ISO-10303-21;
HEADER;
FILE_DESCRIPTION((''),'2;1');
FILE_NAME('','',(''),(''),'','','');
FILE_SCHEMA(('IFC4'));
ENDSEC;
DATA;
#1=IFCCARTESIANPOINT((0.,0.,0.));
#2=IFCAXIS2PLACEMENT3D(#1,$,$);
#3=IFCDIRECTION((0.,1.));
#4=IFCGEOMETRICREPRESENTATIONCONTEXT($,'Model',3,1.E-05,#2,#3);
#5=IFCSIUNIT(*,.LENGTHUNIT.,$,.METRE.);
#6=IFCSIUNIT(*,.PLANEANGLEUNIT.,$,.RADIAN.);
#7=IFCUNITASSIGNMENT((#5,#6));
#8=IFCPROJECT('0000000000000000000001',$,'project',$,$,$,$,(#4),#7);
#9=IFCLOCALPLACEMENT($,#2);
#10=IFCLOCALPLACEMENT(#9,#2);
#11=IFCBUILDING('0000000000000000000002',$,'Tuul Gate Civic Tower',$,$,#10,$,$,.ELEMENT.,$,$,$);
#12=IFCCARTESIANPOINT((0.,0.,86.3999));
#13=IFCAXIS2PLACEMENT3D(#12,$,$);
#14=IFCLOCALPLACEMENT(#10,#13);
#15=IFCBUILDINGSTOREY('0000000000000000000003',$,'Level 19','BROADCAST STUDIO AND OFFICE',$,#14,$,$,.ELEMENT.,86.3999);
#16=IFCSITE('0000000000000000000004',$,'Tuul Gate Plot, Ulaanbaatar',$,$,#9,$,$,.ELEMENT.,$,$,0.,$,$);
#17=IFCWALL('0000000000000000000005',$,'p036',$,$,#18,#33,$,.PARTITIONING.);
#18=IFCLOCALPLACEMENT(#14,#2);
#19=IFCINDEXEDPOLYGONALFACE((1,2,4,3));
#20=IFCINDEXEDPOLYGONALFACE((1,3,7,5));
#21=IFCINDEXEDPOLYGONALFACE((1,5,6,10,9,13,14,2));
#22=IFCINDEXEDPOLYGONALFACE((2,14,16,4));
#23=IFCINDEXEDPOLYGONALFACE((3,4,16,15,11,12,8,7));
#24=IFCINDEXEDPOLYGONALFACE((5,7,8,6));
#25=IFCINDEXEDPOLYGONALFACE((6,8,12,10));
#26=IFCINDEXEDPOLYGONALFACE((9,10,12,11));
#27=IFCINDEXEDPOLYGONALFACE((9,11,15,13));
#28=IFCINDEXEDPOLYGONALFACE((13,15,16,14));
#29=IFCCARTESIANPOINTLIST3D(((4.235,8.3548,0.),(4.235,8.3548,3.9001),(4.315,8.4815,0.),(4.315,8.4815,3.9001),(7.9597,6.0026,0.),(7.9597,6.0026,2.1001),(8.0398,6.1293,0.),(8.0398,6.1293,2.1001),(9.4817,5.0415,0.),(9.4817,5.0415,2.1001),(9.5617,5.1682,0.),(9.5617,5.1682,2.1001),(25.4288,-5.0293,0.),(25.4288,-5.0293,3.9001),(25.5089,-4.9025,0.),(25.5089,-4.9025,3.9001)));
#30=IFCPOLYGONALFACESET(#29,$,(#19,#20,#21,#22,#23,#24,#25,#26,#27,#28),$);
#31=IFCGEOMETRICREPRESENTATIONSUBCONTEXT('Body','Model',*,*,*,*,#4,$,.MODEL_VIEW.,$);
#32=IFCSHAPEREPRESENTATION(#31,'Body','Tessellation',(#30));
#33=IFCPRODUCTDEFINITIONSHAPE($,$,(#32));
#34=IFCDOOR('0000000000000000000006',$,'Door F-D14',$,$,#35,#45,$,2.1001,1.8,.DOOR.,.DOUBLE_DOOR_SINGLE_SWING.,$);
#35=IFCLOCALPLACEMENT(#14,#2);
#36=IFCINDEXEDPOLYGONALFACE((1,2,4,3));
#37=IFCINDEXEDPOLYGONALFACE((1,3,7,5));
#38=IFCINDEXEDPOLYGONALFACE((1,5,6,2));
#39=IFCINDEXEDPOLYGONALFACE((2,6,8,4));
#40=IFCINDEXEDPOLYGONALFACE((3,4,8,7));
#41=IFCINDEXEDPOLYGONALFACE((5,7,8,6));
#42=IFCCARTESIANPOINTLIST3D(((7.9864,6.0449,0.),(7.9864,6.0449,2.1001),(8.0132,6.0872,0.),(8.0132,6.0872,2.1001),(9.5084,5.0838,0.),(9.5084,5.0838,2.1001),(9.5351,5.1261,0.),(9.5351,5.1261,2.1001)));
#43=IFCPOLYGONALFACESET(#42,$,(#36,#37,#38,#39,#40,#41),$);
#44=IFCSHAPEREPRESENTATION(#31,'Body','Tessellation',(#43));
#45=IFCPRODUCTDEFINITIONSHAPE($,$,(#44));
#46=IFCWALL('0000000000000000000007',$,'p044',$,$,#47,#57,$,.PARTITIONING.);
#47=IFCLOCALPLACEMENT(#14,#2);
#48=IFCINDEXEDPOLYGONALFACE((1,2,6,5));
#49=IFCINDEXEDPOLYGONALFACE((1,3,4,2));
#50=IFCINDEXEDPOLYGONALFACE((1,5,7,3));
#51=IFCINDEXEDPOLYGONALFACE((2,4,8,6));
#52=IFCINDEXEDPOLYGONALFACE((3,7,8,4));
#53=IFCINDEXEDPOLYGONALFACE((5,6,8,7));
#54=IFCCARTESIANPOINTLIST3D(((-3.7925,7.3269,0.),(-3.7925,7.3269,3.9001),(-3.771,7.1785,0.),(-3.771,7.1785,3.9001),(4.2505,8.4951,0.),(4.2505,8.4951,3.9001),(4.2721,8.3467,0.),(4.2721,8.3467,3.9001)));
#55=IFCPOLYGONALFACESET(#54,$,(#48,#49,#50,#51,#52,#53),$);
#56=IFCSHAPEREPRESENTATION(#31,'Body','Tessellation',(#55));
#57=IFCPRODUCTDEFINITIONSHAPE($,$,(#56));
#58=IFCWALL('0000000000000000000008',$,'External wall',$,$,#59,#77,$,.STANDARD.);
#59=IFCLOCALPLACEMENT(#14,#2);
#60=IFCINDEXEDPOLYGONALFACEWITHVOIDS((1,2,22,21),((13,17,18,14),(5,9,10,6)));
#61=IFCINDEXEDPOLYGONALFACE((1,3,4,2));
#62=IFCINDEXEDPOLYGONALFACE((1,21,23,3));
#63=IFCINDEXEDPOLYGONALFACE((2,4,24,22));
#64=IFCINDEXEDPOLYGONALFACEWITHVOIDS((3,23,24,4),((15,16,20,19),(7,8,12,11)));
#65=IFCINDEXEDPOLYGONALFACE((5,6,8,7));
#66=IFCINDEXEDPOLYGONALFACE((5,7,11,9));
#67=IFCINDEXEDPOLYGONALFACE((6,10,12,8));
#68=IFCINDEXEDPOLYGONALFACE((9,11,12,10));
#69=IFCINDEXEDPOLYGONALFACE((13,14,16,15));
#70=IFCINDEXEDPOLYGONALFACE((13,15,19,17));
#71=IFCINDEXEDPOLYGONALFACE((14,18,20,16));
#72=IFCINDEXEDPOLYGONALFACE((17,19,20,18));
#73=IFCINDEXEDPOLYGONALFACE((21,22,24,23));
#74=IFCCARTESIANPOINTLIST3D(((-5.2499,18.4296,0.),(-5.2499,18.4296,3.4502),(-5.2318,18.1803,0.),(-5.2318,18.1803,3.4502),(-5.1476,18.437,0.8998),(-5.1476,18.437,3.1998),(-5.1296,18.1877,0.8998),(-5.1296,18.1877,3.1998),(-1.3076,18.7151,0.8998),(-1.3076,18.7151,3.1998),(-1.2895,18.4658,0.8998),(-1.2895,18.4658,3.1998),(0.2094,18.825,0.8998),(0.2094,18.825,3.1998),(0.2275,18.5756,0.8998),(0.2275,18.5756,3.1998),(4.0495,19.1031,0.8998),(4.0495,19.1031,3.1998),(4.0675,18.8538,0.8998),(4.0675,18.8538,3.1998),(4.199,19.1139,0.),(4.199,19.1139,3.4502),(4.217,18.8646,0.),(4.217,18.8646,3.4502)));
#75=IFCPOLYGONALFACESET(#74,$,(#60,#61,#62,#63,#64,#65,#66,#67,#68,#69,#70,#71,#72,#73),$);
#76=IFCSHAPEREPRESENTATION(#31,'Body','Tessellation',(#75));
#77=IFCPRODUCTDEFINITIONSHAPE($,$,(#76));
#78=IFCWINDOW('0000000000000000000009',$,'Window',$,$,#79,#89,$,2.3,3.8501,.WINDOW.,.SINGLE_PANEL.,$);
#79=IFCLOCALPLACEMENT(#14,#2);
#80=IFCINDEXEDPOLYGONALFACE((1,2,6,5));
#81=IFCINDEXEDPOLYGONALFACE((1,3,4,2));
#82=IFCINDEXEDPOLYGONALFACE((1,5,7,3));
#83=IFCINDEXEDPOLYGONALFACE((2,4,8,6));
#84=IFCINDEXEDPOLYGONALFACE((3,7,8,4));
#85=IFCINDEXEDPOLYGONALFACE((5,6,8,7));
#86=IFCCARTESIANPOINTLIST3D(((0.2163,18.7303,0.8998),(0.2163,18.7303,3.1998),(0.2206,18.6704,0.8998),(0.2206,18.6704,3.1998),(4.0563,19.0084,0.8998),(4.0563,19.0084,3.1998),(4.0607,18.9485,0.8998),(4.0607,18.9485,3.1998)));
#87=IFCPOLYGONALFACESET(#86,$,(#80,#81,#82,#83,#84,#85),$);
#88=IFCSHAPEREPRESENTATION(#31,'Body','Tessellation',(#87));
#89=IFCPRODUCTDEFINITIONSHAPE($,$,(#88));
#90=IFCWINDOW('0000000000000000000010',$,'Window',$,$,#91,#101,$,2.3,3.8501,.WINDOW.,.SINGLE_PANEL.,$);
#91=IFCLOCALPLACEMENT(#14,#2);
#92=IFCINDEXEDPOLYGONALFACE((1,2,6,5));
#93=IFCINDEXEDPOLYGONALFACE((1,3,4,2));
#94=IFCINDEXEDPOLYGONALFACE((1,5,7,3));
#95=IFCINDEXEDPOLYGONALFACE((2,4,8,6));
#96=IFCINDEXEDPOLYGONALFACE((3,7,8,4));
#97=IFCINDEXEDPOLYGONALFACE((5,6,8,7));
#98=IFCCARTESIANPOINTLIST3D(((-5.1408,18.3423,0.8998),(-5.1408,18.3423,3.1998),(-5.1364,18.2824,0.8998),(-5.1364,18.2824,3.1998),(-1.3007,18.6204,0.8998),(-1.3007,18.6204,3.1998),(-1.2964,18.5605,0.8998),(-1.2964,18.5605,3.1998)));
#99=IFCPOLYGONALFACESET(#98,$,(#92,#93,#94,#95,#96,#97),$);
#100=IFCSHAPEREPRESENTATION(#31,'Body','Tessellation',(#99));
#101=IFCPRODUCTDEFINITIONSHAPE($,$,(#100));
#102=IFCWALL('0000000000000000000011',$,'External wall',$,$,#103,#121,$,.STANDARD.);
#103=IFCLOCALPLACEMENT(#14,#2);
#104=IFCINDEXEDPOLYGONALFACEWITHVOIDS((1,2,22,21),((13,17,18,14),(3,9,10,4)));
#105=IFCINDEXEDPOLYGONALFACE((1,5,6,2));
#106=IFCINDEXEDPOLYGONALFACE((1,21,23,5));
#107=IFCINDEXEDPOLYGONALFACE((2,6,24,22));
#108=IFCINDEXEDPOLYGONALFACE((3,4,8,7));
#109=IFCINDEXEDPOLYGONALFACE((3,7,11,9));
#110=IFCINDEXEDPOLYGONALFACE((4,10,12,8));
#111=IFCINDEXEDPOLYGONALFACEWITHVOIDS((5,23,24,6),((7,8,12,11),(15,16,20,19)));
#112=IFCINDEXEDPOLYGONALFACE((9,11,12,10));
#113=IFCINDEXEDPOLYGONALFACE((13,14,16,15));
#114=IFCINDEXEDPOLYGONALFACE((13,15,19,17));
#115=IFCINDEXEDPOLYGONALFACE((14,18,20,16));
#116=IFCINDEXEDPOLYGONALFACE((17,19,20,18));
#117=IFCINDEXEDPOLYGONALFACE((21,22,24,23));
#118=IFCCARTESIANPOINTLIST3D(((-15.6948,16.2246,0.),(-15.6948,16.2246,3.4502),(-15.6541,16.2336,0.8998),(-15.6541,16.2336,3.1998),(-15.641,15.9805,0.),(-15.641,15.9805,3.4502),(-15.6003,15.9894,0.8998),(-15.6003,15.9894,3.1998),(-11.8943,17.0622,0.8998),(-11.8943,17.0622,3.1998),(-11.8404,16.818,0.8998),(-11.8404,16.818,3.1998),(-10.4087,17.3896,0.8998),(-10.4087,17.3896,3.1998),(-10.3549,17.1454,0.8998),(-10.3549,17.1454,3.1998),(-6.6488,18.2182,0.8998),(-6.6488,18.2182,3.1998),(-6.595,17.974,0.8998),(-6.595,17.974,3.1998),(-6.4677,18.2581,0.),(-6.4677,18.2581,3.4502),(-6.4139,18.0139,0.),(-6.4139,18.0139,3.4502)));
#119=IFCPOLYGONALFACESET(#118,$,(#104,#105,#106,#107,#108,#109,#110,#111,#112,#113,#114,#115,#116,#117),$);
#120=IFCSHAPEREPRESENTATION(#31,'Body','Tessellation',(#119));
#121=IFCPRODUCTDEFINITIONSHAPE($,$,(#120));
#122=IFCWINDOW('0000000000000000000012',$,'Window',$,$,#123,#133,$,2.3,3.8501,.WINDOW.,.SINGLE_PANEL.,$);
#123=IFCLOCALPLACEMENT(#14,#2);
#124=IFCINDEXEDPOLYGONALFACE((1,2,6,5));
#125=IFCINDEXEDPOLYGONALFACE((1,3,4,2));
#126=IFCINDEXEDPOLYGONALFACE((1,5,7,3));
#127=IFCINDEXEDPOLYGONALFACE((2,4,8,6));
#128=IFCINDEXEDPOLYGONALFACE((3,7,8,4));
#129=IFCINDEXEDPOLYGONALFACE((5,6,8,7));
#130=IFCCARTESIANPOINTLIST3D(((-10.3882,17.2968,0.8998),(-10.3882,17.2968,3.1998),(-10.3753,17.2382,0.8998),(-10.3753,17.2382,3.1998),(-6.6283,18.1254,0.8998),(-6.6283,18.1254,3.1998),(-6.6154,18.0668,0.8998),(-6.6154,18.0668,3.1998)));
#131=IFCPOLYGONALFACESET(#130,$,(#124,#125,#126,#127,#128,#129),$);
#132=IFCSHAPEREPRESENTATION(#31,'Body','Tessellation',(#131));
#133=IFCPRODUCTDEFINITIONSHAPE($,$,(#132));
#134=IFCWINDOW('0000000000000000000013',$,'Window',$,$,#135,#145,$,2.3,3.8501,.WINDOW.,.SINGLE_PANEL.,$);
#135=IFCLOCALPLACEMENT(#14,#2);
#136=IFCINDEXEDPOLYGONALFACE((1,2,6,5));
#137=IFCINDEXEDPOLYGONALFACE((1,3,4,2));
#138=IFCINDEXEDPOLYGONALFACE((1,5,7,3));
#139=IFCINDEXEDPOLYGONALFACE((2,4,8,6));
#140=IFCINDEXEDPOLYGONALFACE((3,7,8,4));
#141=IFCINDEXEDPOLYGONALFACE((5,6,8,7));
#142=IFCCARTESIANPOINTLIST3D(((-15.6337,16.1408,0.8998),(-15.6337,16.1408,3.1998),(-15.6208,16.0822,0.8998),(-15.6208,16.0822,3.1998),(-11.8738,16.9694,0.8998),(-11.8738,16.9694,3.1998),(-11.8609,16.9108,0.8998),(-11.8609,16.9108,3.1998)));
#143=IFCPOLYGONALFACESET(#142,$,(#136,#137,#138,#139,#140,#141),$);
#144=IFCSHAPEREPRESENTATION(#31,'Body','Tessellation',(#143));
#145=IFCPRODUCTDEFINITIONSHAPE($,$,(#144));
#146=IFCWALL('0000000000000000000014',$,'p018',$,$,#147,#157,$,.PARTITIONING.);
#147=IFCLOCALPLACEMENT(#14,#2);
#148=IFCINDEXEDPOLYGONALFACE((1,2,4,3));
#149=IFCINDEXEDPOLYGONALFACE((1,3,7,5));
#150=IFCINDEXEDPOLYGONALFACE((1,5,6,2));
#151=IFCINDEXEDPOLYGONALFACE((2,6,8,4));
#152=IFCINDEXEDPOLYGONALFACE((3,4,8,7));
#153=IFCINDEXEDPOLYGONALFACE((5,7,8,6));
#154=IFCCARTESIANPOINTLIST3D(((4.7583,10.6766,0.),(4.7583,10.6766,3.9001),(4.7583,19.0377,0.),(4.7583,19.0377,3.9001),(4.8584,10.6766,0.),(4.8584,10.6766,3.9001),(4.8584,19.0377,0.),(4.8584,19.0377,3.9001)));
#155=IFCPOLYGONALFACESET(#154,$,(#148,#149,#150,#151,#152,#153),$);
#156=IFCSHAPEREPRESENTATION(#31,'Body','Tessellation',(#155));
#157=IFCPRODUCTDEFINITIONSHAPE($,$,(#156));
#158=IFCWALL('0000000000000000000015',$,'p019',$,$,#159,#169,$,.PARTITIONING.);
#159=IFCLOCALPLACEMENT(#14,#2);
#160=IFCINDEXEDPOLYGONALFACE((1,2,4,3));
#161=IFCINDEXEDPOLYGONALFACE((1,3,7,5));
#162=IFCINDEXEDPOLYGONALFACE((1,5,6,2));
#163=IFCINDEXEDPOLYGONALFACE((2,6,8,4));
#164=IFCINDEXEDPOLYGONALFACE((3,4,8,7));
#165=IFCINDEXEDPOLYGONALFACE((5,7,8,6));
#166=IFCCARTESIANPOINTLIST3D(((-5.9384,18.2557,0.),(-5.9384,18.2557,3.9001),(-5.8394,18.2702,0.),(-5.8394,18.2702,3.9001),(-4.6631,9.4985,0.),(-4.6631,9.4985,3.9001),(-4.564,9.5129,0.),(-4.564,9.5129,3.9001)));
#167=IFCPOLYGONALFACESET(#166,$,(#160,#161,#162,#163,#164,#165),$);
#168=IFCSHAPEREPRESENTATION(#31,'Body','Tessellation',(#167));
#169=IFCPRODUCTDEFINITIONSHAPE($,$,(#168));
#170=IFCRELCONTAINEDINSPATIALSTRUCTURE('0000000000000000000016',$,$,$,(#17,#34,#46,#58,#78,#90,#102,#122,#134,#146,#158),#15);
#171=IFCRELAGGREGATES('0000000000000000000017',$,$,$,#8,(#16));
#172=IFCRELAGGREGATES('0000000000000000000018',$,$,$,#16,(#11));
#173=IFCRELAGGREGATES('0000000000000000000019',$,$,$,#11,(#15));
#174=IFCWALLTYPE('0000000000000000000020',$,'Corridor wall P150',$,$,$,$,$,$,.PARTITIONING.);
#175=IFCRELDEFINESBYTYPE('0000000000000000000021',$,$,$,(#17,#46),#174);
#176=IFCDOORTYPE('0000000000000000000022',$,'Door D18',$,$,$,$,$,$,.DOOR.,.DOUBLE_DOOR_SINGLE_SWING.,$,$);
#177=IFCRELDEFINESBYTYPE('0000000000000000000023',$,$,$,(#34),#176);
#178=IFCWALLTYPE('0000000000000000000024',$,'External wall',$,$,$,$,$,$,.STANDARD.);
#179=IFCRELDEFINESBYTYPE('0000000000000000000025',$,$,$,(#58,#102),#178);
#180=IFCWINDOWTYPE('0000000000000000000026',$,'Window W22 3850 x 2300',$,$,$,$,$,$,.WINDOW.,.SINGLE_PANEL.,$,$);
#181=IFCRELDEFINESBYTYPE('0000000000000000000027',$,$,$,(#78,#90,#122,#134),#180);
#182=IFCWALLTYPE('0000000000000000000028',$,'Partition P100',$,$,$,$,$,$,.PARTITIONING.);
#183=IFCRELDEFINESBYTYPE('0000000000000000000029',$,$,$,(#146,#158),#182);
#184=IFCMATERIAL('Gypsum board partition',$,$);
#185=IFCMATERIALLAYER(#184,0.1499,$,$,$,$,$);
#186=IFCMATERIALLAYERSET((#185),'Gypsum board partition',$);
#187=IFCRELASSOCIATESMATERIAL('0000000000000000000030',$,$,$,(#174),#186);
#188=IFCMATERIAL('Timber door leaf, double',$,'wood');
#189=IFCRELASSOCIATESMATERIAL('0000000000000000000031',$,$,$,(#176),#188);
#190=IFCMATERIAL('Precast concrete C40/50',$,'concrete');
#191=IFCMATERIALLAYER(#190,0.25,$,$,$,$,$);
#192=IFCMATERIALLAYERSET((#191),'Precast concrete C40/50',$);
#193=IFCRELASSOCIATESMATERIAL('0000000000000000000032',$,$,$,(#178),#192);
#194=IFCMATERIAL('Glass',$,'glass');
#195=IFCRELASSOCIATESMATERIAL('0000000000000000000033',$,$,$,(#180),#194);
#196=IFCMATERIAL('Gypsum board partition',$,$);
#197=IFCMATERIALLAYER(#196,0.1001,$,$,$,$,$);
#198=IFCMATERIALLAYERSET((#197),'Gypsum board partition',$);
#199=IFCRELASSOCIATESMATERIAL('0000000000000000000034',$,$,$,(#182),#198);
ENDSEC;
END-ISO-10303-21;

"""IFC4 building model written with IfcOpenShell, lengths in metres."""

from ifc_helpers import new_model, si_unit, direction, frame, frame_2d, origin, place, context, subcontext, project, spatial, rectangle, extrude, material, layer, layer_set, type_object, element, fill, save


model = new_model("IFC4")

# Units and contexts
model_context = context("Model", 3, precision=1e-05, world=origin(), true_north=direction((0.0, 1.0)))
body_context = subcontext(model_context, "Body", "Model", "MODEL_VIEW")
ifc_project = project(units=[si_unit("LENGTHUNIT", "METRE"), si_unit("PLANEANGLEUNIT", "RADIAN")], contexts=[model_context])

# Site, building, storey
site_placement = place(None, origin())
site = spatial("IfcSite", under=ifc_project, at=site_placement, Name="Tuul Gate Plot, Ulaanbaatar", CompositionType="ELEMENT", RefElevation=0.0)
building_placement = place(site_placement, origin())
building = spatial("IfcBuilding", under=site, at=building_placement, Name="Tuul Gate Civic Tower", CompositionType="ELEMENT")
storey_placement = place(building_placement, frame((0.0, 0.0, 86.3999)))
storey = spatial("IfcBuildingStorey", under=building, at=storey_placement, Name="Level 19", Description="BROADCAST STUDIO AND OFFICE", CompositionType="ELEMENT", Elevation=86.3999)

# Shared definitions
ifc_material_1 = material(Name="Gypsum board partition")
ifc_layer_1 = layer(ifc_material_1, 0.1499)
ifc_layer_set_1 = layer_set([ifc_layer_1], Name="Gypsum board partition")
wall_type_1 = type_object("IfcWallType", Name="Corridor wall P150", PredefinedType="PARTITIONING", material=ifc_layer_set_1)
ifc_material_2 = material(Name="Timber door leaf, double", Category="wood")
door_type = type_object("IfcDoorType", Name="Door D18", OperationType="DOUBLE_DOOR_SINGLE_SWING", PredefinedType="DOOR", material=ifc_material_2)

# Wall, opening, door
wall_1_placement = place(storey_placement, frame((4.2749, 8.4182, 0.0), z_axis=(0.0, 0.0, 1.0), x_axis=(0.845517, -0.533949, 0.0)))
wall_1 = element("IfcWall", 1, at=wall_1_placement, inside=storey, type_object=wall_type_1, Name="p036", PredefinedType="PARTITIONING", context=body_context, shape_type="SweptSolid", body=[
    extrude(rectangle(XDim=25.0662, YDim=0.1499, at=frame_2d((12.5332, 0.0))), origin(), (0.0, 0.0, 1.0), 3.9001),
])
opening_1_placement = place(wall_1_placement, frame((4.4055, 0.0, 0.0)))
opening_1 = element("IfcOpeningElement", 2, at=opening_1_placement, cuts=wall_1, PredefinedType="OPENING", context=body_context, shape_type="SweptSolid", body=[
    extrude(rectangle(XDim=1.8, YDim=2.1001, at=frame_2d((0.8999, 1.05))), frame((0.0, 0.085, 0.0), z_axis=(0.0, -1.0, 0.0), x_axis=(1.0, 0.0, 0.0)), (0.0, 0.0, 1.0), 0.1699),
])
door_1_placement = place(opening_1_placement, frame((1.8, 0.0, 0.0), z_axis=(0.0, 0.0, 1.0), x_axis=(-1.0, 0.0, 0.0)))
door_1 = element("IfcDoor", 3, at=door_1_placement, inside=storey, type_object=door_type, Name="Door F-D14", OperationType="DOUBLE_DOOR_SINGLE_SWING", OverallHeight=2.1001, OverallWidth=1.8, PredefinedType="DOOR", context=body_context, shape_type="SweptSolid", body=[
    extrude(rectangle(XDim=1.8, YDim=2.1001, at=frame_2d((0.9001, 1.05))), frame((0.0, 0.0249, 0.0), z_axis=(0.0, -1.0, 0.0), x_axis=(1.0, 0.0, 0.0)), (0.0, 0.0, 1.0), 0.05),
])
fill(opening_1, door_1)

# Wall
wall_2_placement = place(storey_placement, frame((-3.7817, 7.2527, 0.0), z_axis=(0.0, 0.0, 1.0), x_axis=(0.989616, 0.143738, 0.0)))
element("IfcWall", 4, at=wall_2_placement, inside=storey, type_object=wall_type_1, Name="p044", PredefinedType="PARTITIONING", context=body_context, shape_type="SweptSolid", body=[
    extrude(rectangle(XDim=8.1274, YDim=0.1499, at=frame_2d((4.0637, 0.0))), origin(), (0.0, 0.0, 1.0), 3.9001),
])

# Walls, openings, windows
ifc_material_3 = material(Name="Precast concrete C40/50", Category="concrete")
ifc_layer_2 = layer(ifc_material_3, 0.25)
ifc_layer_set_2 = layer_set([ifc_layer_2], Name="Precast concrete C40/50")
wall_type_2 = type_object("IfcWallType", Name="External wall", PredefinedType="STANDARD", material=ifc_layer_set_2)
wall_3_placement = place(storey_placement, frame((4.208, 18.9893, 0.0), z_axis=(0.0, 0.0, 1.0), x_axis=(-0.997388, -0.072234, 0.0)))
wall_3 = element("IfcWall", 5, at=wall_3_placement, inside=storey, type_object=wall_type_2, Name="External wall", PredefinedType="STANDARD", context=body_context, shape_type="SweptSolid", body=[
    extrude(rectangle(XDim=9.4736, YDim=0.25, at=frame_2d((4.7368, 0.0))), origin(), (0.0, 0.0, 1.0), 3.4502),
])
opening_2_placement = place(wall_3_placement, frame((0.1499, 0.0, 0.8999)))
opening_2 = element("IfcOpeningElement", 6, at=opening_2_placement, cuts=wall_3, PredefinedType="OPENING", context=body_context, shape_type="SweptSolid", body=[
    extrude(rectangle(XDim=3.8501, YDim=2.3, at=frame_2d((1.925, 1.1499))), frame((0.0, 0.135, 0.0), z_axis=(0.0, -1.0, 0.0), x_axis=(1.0, 0.0, 0.0)), (0.0, 0.0, 1.0), 0.27),
])
opening_3_placement = place(wall_3_placement, frame((5.521, 0.0, 0.8999)))
opening_3 = element("IfcOpeningElement", 7, at=opening_3_placement, cuts=wall_3, PredefinedType="OPENING", context=body_context, shape_type="SweptSolid", body=[
    extrude(rectangle(XDim=3.8501, YDim=2.3, at=frame_2d((1.925, 1.1499))), frame((0.0, 0.135, 0.0), z_axis=(0.0, -1.0, 0.0), x_axis=(1.0, 0.0, 0.0)), (0.0, 0.0, 1.0), 0.27),
])
ifc_material_4 = material(Name="Glass", Category="glass")
window_type = type_object("IfcWindowType", Name="Window W22 3850 x 2300", PartitioningType="SINGLE_PANEL", PredefinedType="WINDOW", material=ifc_material_4)
window_1_placement = place(opening_2_placement, origin())
window_1 = element("IfcWindow", 8, at=window_1_placement, inside=storey, type_object=window_type, Name="Window", OverallHeight=2.3, OverallWidth=3.8501, PartitioningType="SINGLE_PANEL", PredefinedType="WINDOW", context=body_context, shape_type="SweptSolid", body=[
    extrude(rectangle(XDim=3.8501, YDim=2.3, at=frame_2d((1.925, 1.1499))), frame((0.0, 0.03, 0.0), z_axis=(0.0, -1.0, 0.0), x_axis=(1.0, 0.0, 0.0)), (0.0, 0.0, 1.0), 0.0601),
])
fill(opening_2, window_1)
window_2_placement = place(opening_3_placement, origin())
window_2 = element("IfcWindow", 9, at=window_2_placement, inside=storey, type_object=window_type, Name="Window", OverallHeight=2.3, OverallWidth=3.8501, PartitioningType="SINGLE_PANEL", PredefinedType="WINDOW", context=body_context, shape_type="SweptSolid", body=[
    extrude(rectangle(XDim=3.8501, YDim=2.3, at=frame_2d((1.925, 1.1499))), frame((0.0, 0.03, 0.0), z_axis=(0.0, -1.0, 0.0), x_axis=(1.0, 0.0, 0.0)), (0.0, 0.0, 1.0), 0.0601),
])
fill(opening_3, window_2)
wall_4_placement = place(storey_placement, frame((-6.4409, 18.136, 0.0), z_axis=(0.0, 0.0, 1.0), x_axis=(-0.976567, -0.215215, 0.0)))
wall_4 = element("IfcWall", 10, at=wall_4_placement, inside=storey, type_object=wall_type_2, Name="External wall", PredefinedType="STANDARD", context=body_context, shape_type="SweptSolid", body=[
    extrude(rectangle(XDim=9.4485, YDim=0.25, at=frame_2d((4.7241, 0.0))), origin(), (0.0, 0.0, 1.0), 3.4502),
])
opening_4_placement = place(wall_4_placement, frame((0.1853, 0.0, 0.8999)))
opening_4 = element("IfcOpeningElement", 11, at=opening_4_placement, cuts=wall_4, PredefinedType="OPENING", context=body_context, shape_type="SweptSolid", body=[
    extrude(rectangle(XDim=3.8501, YDim=2.3, at=frame_2d((1.925, 1.1499))), frame((0.0, 0.135, 0.0), z_axis=(0.0, -1.0, 0.0), x_axis=(1.0, 0.0, 0.0)), (0.0, 0.0, 1.0), 0.27),
])
opening_5_placement = place(wall_4_placement, frame((5.5566, 0.0, 0.8999)))
opening_5 = element("IfcOpeningElement", 12, at=opening_5_placement, cuts=wall_4, PredefinedType="OPENING", context=body_context, shape_type="SweptSolid", body=[
    extrude(rectangle(XDim=3.8501, YDim=2.3, at=frame_2d((1.925, 1.1499))), frame((0.0, 0.135, 0.0), z_axis=(0.0, -1.0, 0.0), x_axis=(1.0, 0.0, 0.0)), (0.0, 0.0, 1.0), 0.27),
])
window_3_placement = place(opening_4_placement, origin())
window_3 = element("IfcWindow", 13, at=window_3_placement, inside=storey, type_object=window_type, Name="Window", OverallHeight=2.3, OverallWidth=3.8501, PartitioningType="SINGLE_PANEL", PredefinedType="WINDOW", context=body_context, shape_type="SweptSolid", body=[
    extrude(rectangle(XDim=3.8501, YDim=2.3, at=frame_2d((1.925, 1.1499))), frame((0.0, 0.03, 0.0), z_axis=(0.0, -1.0, 0.0), x_axis=(1.0, 0.0, 0.0)), (0.0, 0.0, 1.0), 0.0601),
])
fill(opening_4, window_3)
window_4_placement = place(opening_5_placement, origin())
window_4 = element("IfcWindow", 14, at=window_4_placement, inside=storey, type_object=window_type, Name="Window", OverallHeight=2.3, OverallWidth=3.8501, PartitioningType="SINGLE_PANEL", PredefinedType="WINDOW", context=body_context, shape_type="SweptSolid", body=[
    extrude(rectangle(XDim=3.8501, YDim=2.3, at=frame_2d((1.925, 1.1499))), frame((0.0, 0.03, 0.0), z_axis=(0.0, -1.0, 0.0), x_axis=(1.0, 0.0, 0.0)), (0.0, 0.0, 1.0), 0.0601),
])
fill(opening_5, window_4)

# Walls
ifc_material_5 = material(Name="Gypsum board partition")
ifc_layer_3 = layer(ifc_material_5, 0.1001)
ifc_layer_set_3 = layer_set([ifc_layer_3], Name="Gypsum board partition")
wall_type_3 = type_object("IfcWallType", Name="Partition P100", PredefinedType="PARTITIONING", material=ifc_layer_set_3)
wall_5_placement = place(storey_placement, frame((4.8083, 10.6765, 0.0), z_axis=(0.0, 0.0, 1.0), x_axis=(0.0, 1.0, 0.0)))
element("IfcWall", 15, at=wall_5_placement, inside=storey, type_object=wall_type_3, Name="p018", PredefinedType="PARTITIONING", context=body_context, shape_type="SweptSolid", body=[
    extrude(rectangle(XDim=8.3611, YDim=0.1001, at=frame_2d((4.1807, 0.0))), origin(), (0.0, 0.0, 1.0), 3.9001),
])
wall_6_placement = place(storey_placement, frame((-5.8889, 18.2629, 0.0), z_axis=(0.0, 0.0, 1.0), x_axis=(0.144117, -0.989561, 0.0)))
element("IfcWall", 16, at=wall_6_placement, inside=storey, type_object=wall_type_3, Name="p019", PredefinedType="PARTITIONING", context=body_context, shape_type="SweptSolid", body=[
    extrude(rectangle(XDim=8.8496, YDim=0.1001, at=frame_2d((4.4248, 0.0))), origin(), (0.0, 0.0, 1.0), 3.9001),
])

save(model, "model.ifc")
